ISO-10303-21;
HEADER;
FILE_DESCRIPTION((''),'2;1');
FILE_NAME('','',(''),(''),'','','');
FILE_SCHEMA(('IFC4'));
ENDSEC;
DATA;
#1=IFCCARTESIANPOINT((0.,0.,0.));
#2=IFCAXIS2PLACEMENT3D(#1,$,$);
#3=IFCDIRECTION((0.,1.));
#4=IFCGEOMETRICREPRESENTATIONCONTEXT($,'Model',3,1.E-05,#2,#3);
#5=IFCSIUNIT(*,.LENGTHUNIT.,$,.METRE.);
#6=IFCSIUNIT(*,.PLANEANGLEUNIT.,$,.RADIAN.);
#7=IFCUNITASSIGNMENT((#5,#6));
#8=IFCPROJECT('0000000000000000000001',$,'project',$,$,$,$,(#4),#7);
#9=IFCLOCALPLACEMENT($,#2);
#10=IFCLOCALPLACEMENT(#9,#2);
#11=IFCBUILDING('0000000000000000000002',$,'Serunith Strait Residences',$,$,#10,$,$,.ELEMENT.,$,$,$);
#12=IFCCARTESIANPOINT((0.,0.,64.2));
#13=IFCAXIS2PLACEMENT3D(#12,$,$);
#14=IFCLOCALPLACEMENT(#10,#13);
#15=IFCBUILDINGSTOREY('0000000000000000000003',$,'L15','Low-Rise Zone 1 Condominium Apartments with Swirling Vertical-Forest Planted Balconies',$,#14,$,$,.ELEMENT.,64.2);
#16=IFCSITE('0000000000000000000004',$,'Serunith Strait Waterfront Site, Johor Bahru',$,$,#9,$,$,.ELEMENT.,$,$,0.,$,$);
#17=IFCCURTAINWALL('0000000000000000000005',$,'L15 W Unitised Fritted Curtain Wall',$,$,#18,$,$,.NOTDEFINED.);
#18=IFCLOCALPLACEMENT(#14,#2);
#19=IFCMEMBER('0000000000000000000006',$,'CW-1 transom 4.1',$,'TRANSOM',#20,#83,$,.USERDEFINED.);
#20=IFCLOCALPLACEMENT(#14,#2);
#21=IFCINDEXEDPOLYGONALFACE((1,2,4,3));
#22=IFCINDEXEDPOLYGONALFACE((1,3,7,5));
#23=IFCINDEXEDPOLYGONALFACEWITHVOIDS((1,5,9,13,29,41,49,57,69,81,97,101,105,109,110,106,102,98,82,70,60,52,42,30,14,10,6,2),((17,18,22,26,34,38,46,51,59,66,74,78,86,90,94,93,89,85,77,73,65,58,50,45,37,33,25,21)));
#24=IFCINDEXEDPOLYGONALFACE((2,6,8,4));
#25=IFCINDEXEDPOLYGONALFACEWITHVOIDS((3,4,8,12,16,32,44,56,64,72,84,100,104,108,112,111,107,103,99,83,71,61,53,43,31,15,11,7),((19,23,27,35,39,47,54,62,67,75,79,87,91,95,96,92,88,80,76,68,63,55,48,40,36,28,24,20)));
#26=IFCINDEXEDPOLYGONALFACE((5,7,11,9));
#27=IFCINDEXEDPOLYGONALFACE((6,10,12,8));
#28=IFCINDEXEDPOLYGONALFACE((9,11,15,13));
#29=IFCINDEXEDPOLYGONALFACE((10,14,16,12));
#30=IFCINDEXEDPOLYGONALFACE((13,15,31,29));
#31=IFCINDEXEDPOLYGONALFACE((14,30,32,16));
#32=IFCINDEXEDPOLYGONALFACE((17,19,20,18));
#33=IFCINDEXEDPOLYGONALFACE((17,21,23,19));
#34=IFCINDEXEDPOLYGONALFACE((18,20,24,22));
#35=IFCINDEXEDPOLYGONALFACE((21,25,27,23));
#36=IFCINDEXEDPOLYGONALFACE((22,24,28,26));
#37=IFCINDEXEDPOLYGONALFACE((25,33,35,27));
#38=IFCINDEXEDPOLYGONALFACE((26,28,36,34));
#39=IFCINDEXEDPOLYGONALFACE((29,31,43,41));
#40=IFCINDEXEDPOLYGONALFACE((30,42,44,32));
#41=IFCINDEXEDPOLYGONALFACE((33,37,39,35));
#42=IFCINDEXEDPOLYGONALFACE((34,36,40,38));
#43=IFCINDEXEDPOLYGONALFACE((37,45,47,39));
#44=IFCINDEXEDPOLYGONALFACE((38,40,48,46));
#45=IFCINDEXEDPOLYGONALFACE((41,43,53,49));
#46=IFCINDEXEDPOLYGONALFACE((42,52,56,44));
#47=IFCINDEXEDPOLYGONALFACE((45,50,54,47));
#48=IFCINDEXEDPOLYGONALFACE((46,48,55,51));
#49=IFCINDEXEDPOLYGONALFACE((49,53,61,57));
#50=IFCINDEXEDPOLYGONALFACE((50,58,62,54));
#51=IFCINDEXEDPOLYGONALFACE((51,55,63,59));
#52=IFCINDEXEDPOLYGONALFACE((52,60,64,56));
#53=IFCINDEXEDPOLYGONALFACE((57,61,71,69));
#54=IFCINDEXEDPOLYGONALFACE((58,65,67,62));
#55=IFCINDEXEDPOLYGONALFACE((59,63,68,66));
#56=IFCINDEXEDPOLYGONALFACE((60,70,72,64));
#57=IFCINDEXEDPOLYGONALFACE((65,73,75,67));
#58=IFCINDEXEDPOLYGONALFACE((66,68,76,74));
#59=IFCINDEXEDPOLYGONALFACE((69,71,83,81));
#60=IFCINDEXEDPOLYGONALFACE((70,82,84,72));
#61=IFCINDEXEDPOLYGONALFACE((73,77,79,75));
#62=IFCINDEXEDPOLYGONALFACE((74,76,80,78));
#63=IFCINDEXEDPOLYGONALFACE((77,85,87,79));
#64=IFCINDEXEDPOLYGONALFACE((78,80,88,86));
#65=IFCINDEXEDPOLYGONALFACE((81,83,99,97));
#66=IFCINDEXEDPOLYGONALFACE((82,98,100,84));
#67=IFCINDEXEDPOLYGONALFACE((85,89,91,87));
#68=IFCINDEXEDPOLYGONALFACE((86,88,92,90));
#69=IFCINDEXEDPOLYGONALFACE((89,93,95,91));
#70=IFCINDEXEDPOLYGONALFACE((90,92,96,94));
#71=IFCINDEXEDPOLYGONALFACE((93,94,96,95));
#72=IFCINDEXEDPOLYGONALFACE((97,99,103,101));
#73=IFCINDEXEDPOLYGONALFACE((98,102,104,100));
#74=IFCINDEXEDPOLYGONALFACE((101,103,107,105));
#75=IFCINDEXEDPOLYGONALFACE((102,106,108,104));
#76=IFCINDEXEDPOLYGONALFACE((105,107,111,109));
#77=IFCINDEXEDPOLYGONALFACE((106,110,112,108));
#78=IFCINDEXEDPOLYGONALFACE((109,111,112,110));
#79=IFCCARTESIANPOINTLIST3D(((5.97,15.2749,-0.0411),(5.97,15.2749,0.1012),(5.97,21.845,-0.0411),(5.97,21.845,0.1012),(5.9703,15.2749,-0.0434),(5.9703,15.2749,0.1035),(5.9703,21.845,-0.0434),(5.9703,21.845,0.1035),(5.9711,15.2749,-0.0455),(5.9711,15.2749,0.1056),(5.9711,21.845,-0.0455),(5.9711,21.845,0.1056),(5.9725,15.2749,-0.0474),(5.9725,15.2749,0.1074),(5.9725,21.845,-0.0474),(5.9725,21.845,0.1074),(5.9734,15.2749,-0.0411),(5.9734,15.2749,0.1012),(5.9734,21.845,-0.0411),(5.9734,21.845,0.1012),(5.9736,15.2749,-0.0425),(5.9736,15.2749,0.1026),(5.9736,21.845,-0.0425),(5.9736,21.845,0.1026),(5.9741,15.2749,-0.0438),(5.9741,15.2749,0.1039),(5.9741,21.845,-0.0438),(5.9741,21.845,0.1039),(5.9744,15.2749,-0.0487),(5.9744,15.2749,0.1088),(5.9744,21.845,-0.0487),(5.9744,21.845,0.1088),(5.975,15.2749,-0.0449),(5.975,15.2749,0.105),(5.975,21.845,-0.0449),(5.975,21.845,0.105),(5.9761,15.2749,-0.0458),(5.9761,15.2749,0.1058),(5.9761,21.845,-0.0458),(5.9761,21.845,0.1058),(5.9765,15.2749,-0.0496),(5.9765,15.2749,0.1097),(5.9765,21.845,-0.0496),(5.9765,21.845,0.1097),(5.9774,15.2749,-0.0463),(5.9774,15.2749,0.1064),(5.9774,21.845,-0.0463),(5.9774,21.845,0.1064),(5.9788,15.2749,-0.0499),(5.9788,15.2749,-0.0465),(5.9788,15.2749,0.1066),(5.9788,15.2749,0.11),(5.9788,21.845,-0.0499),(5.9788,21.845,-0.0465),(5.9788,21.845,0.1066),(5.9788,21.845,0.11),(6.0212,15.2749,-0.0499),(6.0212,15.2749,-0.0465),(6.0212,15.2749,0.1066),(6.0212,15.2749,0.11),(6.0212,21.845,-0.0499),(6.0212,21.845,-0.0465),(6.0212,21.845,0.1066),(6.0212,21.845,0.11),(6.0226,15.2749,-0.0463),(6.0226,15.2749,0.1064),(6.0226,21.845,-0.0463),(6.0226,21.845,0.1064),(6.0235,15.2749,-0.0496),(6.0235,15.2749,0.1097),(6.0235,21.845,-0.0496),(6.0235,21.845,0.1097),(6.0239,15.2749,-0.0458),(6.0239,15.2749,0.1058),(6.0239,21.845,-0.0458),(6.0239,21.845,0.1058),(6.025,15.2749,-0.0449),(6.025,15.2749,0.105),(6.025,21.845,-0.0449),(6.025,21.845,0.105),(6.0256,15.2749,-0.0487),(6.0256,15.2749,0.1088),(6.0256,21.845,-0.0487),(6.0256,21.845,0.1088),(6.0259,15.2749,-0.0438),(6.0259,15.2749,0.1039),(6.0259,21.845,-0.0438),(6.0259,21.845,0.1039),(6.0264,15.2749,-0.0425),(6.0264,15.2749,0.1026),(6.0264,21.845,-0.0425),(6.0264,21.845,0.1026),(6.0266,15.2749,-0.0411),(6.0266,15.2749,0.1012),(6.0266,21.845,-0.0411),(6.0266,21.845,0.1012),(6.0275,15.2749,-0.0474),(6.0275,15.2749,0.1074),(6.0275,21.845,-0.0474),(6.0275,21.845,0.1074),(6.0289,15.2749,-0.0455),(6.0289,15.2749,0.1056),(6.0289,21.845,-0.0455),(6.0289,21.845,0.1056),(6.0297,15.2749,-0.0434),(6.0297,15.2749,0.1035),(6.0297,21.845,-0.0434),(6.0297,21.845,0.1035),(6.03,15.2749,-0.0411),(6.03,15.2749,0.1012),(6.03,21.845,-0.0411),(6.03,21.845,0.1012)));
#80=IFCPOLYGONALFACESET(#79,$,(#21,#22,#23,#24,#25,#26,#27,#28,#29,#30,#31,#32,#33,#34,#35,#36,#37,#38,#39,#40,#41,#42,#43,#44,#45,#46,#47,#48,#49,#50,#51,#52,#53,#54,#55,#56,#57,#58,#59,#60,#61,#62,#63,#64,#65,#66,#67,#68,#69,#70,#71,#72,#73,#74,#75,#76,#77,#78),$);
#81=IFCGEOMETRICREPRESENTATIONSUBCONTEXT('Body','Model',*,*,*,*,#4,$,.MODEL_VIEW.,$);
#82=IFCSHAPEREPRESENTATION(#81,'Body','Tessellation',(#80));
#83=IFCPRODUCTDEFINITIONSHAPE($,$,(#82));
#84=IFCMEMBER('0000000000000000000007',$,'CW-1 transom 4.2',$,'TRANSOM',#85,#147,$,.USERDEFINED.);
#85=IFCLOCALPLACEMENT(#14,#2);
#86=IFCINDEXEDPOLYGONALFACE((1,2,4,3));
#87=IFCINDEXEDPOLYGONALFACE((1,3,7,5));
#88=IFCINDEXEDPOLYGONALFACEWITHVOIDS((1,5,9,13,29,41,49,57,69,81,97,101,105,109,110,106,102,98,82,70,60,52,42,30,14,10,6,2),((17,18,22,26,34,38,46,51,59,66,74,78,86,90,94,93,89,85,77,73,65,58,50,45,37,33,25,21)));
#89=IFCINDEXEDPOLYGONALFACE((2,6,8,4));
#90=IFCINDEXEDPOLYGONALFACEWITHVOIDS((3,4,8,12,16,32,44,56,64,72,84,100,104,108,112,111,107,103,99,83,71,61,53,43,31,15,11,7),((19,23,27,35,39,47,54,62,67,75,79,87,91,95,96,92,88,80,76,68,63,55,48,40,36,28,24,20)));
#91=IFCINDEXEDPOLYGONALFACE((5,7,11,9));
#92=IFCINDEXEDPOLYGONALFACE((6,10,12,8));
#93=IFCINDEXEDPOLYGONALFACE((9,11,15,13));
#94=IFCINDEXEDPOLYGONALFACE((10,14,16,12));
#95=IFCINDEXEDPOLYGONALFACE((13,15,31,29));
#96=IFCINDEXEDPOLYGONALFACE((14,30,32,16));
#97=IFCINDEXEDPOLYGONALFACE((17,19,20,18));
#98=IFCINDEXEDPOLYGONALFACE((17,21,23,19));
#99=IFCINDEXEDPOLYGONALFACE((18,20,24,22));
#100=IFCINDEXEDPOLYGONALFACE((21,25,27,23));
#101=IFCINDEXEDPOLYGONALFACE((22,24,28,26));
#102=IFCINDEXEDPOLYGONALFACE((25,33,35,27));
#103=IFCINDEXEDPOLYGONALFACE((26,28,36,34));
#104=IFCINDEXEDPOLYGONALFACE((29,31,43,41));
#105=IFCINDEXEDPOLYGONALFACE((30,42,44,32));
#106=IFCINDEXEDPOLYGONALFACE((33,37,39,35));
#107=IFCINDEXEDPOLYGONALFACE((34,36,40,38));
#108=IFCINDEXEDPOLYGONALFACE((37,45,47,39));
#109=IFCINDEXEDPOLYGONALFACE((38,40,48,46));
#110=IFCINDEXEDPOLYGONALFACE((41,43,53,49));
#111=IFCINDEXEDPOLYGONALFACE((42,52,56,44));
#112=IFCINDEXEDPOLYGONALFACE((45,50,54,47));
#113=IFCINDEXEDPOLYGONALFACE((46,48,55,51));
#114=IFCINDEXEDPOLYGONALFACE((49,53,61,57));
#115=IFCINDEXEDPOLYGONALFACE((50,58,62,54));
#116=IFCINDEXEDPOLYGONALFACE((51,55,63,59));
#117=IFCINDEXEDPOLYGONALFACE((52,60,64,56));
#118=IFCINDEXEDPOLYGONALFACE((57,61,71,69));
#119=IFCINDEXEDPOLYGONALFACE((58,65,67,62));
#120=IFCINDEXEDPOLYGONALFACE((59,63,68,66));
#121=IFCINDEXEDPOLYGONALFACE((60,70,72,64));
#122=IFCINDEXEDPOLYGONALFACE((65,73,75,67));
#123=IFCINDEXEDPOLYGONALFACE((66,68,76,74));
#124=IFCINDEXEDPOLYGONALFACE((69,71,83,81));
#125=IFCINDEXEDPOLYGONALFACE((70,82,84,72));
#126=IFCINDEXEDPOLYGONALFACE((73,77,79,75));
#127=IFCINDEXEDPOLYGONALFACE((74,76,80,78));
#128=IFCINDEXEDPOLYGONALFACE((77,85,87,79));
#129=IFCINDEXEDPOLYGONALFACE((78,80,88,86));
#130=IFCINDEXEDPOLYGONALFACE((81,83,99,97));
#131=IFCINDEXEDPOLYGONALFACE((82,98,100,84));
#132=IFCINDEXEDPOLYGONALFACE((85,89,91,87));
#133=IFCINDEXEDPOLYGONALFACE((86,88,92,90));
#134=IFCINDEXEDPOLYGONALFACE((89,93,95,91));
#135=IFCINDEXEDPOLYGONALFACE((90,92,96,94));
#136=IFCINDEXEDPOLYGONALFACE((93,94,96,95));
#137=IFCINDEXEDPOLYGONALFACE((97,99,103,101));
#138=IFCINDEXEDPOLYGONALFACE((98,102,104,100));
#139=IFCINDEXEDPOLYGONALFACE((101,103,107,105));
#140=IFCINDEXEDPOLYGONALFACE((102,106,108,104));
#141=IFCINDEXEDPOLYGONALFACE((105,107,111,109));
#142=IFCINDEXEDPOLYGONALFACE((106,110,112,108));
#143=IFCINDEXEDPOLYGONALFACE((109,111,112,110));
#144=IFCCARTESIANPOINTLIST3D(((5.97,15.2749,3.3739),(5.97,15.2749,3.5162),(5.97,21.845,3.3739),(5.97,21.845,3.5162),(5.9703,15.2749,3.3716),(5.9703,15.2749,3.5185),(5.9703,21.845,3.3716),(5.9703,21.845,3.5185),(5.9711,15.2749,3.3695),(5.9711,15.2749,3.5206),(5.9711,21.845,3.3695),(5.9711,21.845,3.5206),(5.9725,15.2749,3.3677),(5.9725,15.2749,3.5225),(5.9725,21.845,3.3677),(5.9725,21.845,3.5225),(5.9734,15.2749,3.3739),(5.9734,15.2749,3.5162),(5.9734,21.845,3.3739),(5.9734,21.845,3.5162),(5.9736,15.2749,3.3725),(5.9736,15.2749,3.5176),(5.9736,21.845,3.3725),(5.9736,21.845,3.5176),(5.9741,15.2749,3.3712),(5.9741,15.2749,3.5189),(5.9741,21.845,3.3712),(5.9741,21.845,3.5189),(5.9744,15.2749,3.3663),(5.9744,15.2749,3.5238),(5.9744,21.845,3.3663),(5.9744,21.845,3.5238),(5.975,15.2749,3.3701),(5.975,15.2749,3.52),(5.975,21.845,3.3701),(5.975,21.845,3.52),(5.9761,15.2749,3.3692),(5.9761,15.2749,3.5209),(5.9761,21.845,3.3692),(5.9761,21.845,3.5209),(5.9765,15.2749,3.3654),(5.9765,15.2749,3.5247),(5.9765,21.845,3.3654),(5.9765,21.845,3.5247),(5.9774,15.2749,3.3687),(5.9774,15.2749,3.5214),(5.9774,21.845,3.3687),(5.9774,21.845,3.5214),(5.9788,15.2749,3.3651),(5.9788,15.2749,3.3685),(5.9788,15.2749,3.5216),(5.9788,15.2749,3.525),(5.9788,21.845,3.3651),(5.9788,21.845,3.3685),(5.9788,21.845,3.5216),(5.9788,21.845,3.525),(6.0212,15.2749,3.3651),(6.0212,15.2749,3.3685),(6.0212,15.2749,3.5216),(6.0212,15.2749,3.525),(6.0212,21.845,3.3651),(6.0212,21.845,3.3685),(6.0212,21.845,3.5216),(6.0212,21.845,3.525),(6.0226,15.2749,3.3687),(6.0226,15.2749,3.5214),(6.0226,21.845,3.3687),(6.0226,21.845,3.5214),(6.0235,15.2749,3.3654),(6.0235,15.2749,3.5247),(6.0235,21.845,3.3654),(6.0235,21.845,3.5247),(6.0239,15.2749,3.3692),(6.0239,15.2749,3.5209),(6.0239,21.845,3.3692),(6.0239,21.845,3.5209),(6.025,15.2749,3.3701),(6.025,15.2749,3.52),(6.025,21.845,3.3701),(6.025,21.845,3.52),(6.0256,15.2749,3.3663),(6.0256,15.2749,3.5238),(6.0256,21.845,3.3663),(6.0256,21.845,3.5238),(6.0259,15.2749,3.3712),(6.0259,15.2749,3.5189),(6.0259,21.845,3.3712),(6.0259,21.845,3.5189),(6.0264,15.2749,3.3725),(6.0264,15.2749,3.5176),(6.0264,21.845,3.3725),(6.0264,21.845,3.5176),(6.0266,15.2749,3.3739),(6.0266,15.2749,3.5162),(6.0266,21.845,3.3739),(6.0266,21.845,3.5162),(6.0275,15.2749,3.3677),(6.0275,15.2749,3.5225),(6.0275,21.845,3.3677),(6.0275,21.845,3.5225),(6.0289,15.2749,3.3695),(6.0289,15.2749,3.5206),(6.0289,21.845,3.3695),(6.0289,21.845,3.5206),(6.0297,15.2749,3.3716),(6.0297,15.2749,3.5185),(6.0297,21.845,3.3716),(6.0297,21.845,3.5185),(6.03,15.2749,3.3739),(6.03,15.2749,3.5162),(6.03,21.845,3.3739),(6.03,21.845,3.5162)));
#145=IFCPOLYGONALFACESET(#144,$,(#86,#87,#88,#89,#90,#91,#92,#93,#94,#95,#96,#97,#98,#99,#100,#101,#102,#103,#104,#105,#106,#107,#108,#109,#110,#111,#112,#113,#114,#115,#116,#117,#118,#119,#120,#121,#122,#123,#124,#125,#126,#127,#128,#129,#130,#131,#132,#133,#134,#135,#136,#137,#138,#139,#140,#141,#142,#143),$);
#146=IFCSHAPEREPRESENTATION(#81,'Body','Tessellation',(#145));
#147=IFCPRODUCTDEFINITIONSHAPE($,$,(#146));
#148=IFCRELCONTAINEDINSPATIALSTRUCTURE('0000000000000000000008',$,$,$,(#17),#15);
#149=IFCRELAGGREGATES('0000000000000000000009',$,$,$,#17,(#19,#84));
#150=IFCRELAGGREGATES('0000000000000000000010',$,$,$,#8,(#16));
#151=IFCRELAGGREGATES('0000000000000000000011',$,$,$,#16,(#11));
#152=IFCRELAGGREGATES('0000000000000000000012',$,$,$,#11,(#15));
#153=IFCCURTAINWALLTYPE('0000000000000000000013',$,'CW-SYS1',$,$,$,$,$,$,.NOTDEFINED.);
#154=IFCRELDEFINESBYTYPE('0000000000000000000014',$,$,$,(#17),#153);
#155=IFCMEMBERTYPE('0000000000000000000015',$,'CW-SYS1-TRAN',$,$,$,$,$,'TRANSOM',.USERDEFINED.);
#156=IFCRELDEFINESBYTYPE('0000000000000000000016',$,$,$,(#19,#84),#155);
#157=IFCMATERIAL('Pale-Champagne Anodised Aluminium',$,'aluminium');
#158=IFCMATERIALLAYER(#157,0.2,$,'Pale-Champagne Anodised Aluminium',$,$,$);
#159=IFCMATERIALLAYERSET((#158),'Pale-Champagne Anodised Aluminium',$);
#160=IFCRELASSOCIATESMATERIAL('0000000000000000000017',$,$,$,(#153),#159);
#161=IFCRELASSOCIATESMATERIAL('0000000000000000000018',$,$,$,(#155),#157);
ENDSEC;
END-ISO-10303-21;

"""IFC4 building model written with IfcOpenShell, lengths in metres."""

from ifc_helpers import new_model, si_unit, direction, frame, origin, origin_2d, place, context, subcontext, project, spatial, hollow_rectangle, extrude, source, transform, mapped, material, layer, layer_set, material_profile, profile_set, type_object, element, aggregate, save


model = new_model("IFC4")

# Units and contexts
model_context = context("Model", 3, precision=1e-05, world=origin(), true_north=direction((0.0, 1.0)))
body_context = subcontext(model_context, "Body", "Model", "MODEL_VIEW")
ifc_project = project(units=[si_unit("LENGTHUNIT", "METRE"), si_unit("PLANEANGLEUNIT", "RADIAN")], contexts=[model_context])

# Site, building, storey
site_placement = place(None, origin())
site = spatial("IfcSite", under=ifc_project, at=site_placement, Name="Serunith Strait Waterfront Site, Johor Bahru", CompositionType="ELEMENT", RefElevation=0.0)
building_placement = place(site_placement, origin())
building = spatial("IfcBuilding", under=site, at=building_placement, Name="Serunith Strait Residences", CompositionType="ELEMENT")
storey_placement = place(building_placement, frame((0.0, 0.0, 64.2)))
storey = spatial("IfcBuildingStorey", under=building, at=storey_placement, Name="L15", Description="Low-Rise Zone 1 Condominium Apartments with Swirling Vertical-Forest Planted Balconies", CompositionType="ELEMENT", Elevation=64.2)

# Curtain wall, members
ifc_material_1 = material(Name="Pale-Champagne Anodised Aluminium", Category="aluminium")
ifc_layer_1 = layer(ifc_material_1, 0.2, Name="Pale-Champagne Anodised Aluminium")
ifc_layer_set_1 = layer_set([ifc_layer_1], Name="Pale-Champagne Anodised Aluminium")
curtain_wall_type = type_object("IfcCurtainWallType", Name="CW-SYS1", PredefinedType="NOTDEFINED", material=ifc_layer_set_1)
curtain_wall_placement = place(storey_placement, origin())
curtain_wall = element("IfcCurtainWall", 1, at=curtain_wall_placement, inside=storey, type_object=curtain_wall_type, Name="L15 W Unitised Fritted Curtain Wall", PredefinedType="NOTDEFINED")
ifc_material_profile_1 = material_profile(ifc_material_1, hollow_rectangle(XDim=0.0601, YDim=0.1599, WallThickness=0.0034, InnerFilletRadius=0.0054, OuterFilletRadius=0.0088, at=origin_2d()), Name="ALU 160x60x3.5")
ifc_profile_set_1 = profile_set([ifc_material_profile_1], Name="Pale-Champagne Anodised Aluminium")
member_type_1 = type_object("IfcMemberType", Name="CW-SYS1-TRAN", ElementType="TRANSOM", PredefinedType="USERDEFINED", material=ifc_profile_set_1)
shared_shape_1 = source(origin(), body_context, "Body", "SweptSolid", [
    extrude(hollow_rectangle(XDim=0.0601, YDim=0.1599, WallThickness=0.0034, InnerFilletRadius=0.0054, OuterFilletRadius=0.0088, at=origin_2d()), origin(), (0.0, 0.0, 1.0), 6.5701),
])
member_1_placement = place(storey_placement, frame((6.0, 21.845, 0.03), z_axis=(0.0, -1.0, 0.0), x_axis=(1.0, 0.0, 0.0)))
member_1 = element("IfcMember", 2, at=member_1_placement, type_object=member_type_1, Name="CW-1 transom 4.1", ObjectType="TRANSOM", PredefinedType="USERDEFINED", context=body_context, shape_type="MappedRepresentation", body=[
    mapped(shared_shape_1, transform((0.0, 0.0, 0.0), scale=1.0)),
])
member_2_placement = place(storey_placement, frame((6.0, 21.845, 3.4451), z_axis=(0.0, -1.0, 0.0), x_axis=(1.0, 0.0, 0.0)))
member_2 = element("IfcMember", 3, at=member_2_placement, type_object=member_type_1, Name="CW-1 transom 4.2", ObjectType="TRANSOM", PredefinedType="USERDEFINED", context=body_context, shape_type="MappedRepresentation", body=[
    mapped(shared_shape_1, transform((0.0, 0.0, 0.0), scale=1.0)),
])
aggregate(curtain_wall, [member_1, member_2])

save(model, "model.ifc")
